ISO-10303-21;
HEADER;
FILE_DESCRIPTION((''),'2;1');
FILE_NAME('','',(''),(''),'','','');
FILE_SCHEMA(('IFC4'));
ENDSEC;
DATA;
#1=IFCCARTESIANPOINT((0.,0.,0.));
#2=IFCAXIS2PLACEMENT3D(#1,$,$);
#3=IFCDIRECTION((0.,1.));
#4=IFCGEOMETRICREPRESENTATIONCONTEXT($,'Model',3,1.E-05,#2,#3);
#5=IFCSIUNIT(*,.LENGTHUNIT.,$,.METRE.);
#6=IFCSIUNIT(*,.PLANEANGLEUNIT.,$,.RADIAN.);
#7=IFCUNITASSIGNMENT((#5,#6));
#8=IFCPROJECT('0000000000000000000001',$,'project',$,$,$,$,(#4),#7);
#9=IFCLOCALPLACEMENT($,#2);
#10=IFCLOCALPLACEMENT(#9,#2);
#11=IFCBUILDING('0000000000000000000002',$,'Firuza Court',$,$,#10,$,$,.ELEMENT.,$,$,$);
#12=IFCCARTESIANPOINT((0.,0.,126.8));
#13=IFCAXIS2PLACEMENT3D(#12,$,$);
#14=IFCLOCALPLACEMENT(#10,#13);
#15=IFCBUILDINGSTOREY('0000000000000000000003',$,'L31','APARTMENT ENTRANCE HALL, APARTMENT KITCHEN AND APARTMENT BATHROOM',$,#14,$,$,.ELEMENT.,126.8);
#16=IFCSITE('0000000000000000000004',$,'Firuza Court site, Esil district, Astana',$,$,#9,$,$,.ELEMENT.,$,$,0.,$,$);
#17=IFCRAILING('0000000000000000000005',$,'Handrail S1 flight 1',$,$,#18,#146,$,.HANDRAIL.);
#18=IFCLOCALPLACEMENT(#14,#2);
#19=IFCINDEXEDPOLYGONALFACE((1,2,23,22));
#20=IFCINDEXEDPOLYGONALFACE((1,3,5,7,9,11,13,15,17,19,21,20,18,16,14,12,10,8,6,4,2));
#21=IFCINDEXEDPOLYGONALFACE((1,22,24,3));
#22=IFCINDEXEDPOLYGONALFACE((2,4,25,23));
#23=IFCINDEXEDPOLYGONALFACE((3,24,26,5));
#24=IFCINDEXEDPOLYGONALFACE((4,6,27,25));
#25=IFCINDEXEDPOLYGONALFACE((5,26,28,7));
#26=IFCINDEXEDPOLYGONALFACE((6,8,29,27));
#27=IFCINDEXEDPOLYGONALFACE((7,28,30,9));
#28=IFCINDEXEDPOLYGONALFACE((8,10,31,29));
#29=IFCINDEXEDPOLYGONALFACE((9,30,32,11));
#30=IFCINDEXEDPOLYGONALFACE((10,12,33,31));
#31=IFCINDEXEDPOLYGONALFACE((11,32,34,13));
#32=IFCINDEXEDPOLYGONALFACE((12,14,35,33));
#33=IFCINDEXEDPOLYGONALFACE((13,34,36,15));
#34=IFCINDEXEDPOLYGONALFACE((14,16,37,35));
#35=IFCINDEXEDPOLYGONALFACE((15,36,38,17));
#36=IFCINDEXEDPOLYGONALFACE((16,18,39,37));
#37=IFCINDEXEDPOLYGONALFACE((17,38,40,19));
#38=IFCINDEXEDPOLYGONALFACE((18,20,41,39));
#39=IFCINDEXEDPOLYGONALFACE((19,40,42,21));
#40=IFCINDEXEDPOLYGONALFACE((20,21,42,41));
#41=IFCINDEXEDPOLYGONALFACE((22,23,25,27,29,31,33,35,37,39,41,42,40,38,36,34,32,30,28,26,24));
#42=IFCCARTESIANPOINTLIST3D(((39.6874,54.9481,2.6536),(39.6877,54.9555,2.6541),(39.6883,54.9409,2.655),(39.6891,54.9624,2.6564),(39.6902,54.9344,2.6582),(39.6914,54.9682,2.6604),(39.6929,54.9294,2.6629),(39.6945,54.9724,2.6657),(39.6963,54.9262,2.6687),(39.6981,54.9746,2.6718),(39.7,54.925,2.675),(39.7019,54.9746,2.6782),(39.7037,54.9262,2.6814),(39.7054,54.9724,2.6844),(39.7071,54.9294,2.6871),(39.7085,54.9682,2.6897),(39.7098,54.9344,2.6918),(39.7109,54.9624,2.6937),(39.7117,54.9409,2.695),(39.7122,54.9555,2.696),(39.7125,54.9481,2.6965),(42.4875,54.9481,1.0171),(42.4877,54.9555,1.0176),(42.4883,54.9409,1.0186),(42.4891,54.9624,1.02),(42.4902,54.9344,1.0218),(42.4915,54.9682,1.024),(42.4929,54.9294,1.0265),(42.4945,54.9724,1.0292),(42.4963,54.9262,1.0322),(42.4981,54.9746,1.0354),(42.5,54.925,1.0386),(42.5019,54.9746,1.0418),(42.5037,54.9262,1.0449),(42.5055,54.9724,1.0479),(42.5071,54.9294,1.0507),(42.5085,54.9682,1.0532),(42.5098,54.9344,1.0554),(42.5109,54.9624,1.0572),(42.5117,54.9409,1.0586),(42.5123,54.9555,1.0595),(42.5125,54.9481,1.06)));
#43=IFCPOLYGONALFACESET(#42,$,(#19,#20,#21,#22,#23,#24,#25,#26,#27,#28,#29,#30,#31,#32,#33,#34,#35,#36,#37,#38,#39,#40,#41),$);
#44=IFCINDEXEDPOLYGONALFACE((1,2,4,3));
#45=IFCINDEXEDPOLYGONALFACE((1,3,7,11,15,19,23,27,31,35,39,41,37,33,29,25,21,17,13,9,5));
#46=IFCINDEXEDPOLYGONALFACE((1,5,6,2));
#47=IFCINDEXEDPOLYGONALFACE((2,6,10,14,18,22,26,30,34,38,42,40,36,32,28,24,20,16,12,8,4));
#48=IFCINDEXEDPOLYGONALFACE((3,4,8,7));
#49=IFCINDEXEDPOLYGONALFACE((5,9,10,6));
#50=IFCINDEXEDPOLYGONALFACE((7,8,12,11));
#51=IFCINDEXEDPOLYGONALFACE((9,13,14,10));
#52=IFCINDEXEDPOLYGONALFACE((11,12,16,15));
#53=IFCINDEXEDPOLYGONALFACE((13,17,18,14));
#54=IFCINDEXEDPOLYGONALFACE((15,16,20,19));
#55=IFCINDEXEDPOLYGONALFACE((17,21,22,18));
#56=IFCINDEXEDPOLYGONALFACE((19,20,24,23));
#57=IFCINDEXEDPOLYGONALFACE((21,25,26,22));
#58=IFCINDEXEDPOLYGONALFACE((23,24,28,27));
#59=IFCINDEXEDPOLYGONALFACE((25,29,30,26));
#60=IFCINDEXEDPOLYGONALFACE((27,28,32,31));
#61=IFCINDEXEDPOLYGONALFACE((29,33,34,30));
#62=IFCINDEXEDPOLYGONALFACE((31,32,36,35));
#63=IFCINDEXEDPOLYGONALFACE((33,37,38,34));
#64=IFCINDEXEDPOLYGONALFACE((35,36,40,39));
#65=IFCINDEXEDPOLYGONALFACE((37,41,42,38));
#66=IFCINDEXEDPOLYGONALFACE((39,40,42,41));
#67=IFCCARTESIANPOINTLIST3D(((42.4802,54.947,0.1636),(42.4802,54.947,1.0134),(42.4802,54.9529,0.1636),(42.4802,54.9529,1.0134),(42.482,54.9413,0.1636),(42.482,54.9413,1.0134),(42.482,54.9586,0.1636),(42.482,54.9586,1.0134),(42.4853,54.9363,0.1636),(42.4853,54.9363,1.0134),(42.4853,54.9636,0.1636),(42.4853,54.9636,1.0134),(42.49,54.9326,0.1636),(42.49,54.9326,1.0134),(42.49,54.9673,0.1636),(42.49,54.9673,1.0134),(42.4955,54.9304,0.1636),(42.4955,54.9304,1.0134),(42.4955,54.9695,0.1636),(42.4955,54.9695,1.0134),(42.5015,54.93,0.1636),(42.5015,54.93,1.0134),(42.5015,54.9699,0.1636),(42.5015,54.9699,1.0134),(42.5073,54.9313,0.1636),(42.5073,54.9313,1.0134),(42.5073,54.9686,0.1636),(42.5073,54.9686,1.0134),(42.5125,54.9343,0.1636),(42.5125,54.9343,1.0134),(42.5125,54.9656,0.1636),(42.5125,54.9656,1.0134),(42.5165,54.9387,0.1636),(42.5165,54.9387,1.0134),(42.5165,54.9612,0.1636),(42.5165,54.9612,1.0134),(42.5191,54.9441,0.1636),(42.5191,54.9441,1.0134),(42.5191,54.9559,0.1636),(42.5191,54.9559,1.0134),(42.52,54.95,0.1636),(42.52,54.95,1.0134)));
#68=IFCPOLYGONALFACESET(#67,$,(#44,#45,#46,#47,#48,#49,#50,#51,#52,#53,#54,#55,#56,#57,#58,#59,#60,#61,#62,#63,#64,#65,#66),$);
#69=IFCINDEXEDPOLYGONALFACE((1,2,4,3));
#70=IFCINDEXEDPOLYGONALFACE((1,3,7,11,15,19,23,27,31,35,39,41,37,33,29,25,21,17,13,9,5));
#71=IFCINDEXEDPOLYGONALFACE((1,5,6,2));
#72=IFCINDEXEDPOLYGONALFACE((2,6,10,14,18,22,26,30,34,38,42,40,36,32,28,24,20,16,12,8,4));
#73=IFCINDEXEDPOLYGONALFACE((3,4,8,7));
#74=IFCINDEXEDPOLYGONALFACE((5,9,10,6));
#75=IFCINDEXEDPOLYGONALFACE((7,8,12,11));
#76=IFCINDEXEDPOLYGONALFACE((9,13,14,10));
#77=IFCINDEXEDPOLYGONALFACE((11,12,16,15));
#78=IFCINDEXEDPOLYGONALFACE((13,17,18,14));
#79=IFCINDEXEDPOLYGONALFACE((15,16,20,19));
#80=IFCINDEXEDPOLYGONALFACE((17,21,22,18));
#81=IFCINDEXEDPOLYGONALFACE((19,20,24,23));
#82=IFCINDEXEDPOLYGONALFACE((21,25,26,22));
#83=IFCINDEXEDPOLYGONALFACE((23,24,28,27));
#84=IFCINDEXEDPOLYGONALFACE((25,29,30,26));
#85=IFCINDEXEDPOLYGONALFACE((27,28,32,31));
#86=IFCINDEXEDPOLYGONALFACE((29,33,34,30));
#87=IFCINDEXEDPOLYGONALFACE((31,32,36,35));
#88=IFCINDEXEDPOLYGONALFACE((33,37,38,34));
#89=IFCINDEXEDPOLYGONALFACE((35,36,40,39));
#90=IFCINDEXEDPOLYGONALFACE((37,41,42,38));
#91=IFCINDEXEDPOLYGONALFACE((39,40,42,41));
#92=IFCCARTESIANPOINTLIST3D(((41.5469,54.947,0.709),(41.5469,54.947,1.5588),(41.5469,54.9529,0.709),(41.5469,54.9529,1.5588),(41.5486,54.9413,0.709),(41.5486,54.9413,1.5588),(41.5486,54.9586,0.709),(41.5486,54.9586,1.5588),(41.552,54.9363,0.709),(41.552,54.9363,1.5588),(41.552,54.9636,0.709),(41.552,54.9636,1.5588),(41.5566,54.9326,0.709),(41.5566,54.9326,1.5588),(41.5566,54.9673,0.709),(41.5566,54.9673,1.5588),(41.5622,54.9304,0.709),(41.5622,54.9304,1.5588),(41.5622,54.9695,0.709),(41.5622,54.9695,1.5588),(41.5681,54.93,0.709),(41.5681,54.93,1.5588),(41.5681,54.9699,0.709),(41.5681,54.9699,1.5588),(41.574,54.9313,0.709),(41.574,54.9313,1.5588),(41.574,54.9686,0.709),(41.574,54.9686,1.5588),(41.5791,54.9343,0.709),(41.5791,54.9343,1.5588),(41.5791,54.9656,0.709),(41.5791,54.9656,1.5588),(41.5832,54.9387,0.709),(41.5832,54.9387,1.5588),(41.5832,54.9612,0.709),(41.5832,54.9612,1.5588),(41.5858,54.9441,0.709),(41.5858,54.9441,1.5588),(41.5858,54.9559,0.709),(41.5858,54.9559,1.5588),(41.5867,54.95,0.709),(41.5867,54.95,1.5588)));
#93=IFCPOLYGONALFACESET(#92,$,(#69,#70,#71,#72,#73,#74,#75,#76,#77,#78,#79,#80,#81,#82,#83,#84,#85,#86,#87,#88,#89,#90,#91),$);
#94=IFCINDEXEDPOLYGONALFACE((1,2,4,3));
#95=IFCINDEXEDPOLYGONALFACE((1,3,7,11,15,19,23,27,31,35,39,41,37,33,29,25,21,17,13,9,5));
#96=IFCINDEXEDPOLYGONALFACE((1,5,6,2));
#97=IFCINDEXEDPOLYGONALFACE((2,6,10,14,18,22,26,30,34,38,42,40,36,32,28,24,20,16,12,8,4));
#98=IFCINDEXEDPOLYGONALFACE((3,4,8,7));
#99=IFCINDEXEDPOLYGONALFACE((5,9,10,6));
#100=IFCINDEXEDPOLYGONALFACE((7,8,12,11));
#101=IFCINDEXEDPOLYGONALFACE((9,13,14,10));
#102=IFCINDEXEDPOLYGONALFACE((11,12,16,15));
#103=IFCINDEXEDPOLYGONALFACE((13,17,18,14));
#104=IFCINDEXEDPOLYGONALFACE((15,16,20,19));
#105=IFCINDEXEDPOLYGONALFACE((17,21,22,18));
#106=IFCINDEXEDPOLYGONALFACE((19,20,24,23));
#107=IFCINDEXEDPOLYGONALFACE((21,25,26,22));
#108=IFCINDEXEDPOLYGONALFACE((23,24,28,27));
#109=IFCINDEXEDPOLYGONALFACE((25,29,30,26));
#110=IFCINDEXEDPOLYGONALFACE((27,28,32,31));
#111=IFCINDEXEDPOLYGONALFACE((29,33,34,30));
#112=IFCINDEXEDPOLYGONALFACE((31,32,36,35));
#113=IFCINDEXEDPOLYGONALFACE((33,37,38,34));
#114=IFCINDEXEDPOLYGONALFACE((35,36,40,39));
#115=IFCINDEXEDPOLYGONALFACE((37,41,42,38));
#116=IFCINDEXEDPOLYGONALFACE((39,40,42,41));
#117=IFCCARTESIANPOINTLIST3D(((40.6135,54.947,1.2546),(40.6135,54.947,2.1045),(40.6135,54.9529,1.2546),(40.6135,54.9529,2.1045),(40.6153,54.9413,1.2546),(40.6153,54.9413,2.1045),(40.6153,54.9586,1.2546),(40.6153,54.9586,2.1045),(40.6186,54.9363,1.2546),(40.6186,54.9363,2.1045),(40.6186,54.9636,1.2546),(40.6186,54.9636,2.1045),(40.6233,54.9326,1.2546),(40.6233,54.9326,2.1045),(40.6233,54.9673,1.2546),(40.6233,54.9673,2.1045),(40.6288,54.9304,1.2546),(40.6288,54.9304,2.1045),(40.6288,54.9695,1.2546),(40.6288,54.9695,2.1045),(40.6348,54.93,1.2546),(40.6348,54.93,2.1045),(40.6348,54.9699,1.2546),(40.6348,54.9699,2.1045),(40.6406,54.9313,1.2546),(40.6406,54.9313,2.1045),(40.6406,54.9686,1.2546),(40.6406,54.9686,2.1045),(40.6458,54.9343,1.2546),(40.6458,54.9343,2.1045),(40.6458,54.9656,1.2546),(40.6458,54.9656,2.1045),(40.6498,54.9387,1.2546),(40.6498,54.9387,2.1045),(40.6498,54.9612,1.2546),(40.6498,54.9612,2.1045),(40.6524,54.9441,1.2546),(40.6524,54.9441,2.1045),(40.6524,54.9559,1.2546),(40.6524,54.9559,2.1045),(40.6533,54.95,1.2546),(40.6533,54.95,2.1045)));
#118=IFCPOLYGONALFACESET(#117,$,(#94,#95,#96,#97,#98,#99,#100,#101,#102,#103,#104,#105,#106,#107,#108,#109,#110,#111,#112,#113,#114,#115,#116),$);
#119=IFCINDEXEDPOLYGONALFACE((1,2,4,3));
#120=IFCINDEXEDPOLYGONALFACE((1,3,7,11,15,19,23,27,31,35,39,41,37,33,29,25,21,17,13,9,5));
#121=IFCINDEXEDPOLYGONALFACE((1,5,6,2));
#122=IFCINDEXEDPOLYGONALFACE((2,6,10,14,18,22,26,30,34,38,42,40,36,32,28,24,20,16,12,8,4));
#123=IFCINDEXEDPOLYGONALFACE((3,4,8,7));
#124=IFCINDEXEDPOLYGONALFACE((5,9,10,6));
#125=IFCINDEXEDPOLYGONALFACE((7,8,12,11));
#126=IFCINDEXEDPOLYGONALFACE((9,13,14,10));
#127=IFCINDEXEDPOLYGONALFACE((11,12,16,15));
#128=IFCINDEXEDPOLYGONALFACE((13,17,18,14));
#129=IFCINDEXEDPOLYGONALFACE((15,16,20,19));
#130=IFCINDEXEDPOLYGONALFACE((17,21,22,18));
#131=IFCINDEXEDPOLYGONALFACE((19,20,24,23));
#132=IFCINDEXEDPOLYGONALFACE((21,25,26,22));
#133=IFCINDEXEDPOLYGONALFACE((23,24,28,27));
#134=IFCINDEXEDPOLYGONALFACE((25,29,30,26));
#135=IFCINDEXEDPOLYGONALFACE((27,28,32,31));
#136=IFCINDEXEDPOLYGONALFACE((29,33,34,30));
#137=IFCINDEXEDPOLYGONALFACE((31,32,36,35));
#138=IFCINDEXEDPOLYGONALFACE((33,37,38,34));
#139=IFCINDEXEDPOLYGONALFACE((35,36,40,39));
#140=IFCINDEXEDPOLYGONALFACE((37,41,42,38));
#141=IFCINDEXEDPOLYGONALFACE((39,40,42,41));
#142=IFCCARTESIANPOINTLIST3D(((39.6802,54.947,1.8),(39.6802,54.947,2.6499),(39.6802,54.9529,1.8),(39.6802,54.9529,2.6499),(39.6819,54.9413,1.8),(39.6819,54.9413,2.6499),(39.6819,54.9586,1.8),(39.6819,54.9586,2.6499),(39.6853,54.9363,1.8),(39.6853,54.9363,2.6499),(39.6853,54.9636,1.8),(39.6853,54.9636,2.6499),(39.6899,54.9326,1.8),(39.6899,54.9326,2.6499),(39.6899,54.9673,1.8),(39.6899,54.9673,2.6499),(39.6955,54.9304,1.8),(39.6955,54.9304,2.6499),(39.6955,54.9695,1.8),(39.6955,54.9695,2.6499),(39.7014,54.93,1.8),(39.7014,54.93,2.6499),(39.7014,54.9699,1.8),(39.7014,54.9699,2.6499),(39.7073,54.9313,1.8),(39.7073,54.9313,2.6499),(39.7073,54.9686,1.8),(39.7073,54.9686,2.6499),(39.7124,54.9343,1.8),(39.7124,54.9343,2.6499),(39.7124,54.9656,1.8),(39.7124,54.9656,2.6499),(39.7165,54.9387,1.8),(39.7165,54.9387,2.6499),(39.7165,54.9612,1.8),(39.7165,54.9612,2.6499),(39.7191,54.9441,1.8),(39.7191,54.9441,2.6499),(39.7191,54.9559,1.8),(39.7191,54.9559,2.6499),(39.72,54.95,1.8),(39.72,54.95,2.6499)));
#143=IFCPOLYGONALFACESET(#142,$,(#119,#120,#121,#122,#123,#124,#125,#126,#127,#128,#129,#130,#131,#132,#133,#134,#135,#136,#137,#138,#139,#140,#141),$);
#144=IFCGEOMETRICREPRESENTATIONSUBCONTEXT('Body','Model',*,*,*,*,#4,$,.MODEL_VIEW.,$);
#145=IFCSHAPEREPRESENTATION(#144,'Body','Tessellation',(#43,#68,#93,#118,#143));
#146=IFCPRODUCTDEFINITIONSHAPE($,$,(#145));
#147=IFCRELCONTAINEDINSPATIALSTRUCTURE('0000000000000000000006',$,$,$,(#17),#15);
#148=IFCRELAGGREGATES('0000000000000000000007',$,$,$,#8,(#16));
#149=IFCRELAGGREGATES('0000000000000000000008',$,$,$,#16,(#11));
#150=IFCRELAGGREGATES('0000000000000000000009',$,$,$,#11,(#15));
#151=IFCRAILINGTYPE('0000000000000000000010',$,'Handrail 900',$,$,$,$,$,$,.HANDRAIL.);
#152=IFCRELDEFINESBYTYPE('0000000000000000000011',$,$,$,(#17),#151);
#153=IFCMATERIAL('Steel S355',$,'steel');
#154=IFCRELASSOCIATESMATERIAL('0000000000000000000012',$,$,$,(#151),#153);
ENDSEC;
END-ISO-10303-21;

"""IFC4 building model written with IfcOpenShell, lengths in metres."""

from ifc_helpers import new_model, si_unit, direction, frame, origin, origin_2d, place, context, subcontext, project, spatial, circle, extrude, material, type_object, element, save


model = new_model("IFC4")

# Units and contexts
model_context = context("Model", 3, precision=1e-05, world=origin(), true_north=direction((0.0, 1.0)))
body_context = subcontext(model_context, "Body", "Model", "MODEL_VIEW")
ifc_project = project(units=[si_unit("LENGTHUNIT", "METRE"), si_unit("PLANEANGLEUNIT", "RADIAN")], contexts=[model_context])

# Site, building, storey
site_placement = place(None, origin())
site = spatial("IfcSite", under=ifc_project, at=site_placement, Name="Firuza Court site, Esil district, Astana", CompositionType="ELEMENT", RefElevation=0.0)
building_placement = place(site_placement, origin())
building = spatial("IfcBuilding", under=site, at=building_placement, Name="Firuza Court", CompositionType="ELEMENT")
storey_placement = place(building_placement, frame((0.0, 0.0, 126.8)))
storey = spatial("IfcBuildingStorey", under=building, at=storey_placement, Name="L31", Description="APARTMENT ENTRANCE HALL, APARTMENT KITCHEN AND APARTMENT BATHROOM", CompositionType="ELEMENT", Elevation=126.8)

# Railing
ifc_material_1 = material(Name="Steel S355", Category="steel")
railing_type_1 = type_object("IfcRailingType", Name="Handrail 900", PredefinedType="HANDRAIL", material=ifc_material_1)
railing_1_placement = place(storey_placement, frame((42.5, 54.95, 0.1636)))
element("IfcRailing", 1, at=railing_1_placement, inside=storey, type_object=railing_type_1, Name="Handrail S1 flight 1", PredefinedType="HANDRAIL", context=body_context, shape_type="SweptSolid", body=[
    extrude(circle(Radius=0.0249, at=origin_2d()), frame((0.0, 0.0, 0.875), z_axis=(-0.863361, 0.0, 0.504587), x_axis=(0.0, -1.0, 0.0)), (0.0, 0.0, 1.0), 3.2432),
    extrude(circle(Radius=0.02, at=origin_2d()), origin(), (0.0, 0.0, 1.0), 0.8499),
    extrude(circle(Radius=0.02, at=origin_2d()), frame((-0.9333, 0.0, 0.5454)), (0.0, 0.0, 1.0), 0.8499),
    extrude(circle(Radius=0.02, at=origin_2d()), frame((-1.8667, 0.0, 1.0911)), (0.0, 0.0, 1.0), 0.8499),
    extrude(circle(Radius=0.02, at=origin_2d()), frame((-2.8, 0.0, 1.6365)), (0.0, 0.0, 1.0), 0.8499),
])

save(model, "model.ifc")
